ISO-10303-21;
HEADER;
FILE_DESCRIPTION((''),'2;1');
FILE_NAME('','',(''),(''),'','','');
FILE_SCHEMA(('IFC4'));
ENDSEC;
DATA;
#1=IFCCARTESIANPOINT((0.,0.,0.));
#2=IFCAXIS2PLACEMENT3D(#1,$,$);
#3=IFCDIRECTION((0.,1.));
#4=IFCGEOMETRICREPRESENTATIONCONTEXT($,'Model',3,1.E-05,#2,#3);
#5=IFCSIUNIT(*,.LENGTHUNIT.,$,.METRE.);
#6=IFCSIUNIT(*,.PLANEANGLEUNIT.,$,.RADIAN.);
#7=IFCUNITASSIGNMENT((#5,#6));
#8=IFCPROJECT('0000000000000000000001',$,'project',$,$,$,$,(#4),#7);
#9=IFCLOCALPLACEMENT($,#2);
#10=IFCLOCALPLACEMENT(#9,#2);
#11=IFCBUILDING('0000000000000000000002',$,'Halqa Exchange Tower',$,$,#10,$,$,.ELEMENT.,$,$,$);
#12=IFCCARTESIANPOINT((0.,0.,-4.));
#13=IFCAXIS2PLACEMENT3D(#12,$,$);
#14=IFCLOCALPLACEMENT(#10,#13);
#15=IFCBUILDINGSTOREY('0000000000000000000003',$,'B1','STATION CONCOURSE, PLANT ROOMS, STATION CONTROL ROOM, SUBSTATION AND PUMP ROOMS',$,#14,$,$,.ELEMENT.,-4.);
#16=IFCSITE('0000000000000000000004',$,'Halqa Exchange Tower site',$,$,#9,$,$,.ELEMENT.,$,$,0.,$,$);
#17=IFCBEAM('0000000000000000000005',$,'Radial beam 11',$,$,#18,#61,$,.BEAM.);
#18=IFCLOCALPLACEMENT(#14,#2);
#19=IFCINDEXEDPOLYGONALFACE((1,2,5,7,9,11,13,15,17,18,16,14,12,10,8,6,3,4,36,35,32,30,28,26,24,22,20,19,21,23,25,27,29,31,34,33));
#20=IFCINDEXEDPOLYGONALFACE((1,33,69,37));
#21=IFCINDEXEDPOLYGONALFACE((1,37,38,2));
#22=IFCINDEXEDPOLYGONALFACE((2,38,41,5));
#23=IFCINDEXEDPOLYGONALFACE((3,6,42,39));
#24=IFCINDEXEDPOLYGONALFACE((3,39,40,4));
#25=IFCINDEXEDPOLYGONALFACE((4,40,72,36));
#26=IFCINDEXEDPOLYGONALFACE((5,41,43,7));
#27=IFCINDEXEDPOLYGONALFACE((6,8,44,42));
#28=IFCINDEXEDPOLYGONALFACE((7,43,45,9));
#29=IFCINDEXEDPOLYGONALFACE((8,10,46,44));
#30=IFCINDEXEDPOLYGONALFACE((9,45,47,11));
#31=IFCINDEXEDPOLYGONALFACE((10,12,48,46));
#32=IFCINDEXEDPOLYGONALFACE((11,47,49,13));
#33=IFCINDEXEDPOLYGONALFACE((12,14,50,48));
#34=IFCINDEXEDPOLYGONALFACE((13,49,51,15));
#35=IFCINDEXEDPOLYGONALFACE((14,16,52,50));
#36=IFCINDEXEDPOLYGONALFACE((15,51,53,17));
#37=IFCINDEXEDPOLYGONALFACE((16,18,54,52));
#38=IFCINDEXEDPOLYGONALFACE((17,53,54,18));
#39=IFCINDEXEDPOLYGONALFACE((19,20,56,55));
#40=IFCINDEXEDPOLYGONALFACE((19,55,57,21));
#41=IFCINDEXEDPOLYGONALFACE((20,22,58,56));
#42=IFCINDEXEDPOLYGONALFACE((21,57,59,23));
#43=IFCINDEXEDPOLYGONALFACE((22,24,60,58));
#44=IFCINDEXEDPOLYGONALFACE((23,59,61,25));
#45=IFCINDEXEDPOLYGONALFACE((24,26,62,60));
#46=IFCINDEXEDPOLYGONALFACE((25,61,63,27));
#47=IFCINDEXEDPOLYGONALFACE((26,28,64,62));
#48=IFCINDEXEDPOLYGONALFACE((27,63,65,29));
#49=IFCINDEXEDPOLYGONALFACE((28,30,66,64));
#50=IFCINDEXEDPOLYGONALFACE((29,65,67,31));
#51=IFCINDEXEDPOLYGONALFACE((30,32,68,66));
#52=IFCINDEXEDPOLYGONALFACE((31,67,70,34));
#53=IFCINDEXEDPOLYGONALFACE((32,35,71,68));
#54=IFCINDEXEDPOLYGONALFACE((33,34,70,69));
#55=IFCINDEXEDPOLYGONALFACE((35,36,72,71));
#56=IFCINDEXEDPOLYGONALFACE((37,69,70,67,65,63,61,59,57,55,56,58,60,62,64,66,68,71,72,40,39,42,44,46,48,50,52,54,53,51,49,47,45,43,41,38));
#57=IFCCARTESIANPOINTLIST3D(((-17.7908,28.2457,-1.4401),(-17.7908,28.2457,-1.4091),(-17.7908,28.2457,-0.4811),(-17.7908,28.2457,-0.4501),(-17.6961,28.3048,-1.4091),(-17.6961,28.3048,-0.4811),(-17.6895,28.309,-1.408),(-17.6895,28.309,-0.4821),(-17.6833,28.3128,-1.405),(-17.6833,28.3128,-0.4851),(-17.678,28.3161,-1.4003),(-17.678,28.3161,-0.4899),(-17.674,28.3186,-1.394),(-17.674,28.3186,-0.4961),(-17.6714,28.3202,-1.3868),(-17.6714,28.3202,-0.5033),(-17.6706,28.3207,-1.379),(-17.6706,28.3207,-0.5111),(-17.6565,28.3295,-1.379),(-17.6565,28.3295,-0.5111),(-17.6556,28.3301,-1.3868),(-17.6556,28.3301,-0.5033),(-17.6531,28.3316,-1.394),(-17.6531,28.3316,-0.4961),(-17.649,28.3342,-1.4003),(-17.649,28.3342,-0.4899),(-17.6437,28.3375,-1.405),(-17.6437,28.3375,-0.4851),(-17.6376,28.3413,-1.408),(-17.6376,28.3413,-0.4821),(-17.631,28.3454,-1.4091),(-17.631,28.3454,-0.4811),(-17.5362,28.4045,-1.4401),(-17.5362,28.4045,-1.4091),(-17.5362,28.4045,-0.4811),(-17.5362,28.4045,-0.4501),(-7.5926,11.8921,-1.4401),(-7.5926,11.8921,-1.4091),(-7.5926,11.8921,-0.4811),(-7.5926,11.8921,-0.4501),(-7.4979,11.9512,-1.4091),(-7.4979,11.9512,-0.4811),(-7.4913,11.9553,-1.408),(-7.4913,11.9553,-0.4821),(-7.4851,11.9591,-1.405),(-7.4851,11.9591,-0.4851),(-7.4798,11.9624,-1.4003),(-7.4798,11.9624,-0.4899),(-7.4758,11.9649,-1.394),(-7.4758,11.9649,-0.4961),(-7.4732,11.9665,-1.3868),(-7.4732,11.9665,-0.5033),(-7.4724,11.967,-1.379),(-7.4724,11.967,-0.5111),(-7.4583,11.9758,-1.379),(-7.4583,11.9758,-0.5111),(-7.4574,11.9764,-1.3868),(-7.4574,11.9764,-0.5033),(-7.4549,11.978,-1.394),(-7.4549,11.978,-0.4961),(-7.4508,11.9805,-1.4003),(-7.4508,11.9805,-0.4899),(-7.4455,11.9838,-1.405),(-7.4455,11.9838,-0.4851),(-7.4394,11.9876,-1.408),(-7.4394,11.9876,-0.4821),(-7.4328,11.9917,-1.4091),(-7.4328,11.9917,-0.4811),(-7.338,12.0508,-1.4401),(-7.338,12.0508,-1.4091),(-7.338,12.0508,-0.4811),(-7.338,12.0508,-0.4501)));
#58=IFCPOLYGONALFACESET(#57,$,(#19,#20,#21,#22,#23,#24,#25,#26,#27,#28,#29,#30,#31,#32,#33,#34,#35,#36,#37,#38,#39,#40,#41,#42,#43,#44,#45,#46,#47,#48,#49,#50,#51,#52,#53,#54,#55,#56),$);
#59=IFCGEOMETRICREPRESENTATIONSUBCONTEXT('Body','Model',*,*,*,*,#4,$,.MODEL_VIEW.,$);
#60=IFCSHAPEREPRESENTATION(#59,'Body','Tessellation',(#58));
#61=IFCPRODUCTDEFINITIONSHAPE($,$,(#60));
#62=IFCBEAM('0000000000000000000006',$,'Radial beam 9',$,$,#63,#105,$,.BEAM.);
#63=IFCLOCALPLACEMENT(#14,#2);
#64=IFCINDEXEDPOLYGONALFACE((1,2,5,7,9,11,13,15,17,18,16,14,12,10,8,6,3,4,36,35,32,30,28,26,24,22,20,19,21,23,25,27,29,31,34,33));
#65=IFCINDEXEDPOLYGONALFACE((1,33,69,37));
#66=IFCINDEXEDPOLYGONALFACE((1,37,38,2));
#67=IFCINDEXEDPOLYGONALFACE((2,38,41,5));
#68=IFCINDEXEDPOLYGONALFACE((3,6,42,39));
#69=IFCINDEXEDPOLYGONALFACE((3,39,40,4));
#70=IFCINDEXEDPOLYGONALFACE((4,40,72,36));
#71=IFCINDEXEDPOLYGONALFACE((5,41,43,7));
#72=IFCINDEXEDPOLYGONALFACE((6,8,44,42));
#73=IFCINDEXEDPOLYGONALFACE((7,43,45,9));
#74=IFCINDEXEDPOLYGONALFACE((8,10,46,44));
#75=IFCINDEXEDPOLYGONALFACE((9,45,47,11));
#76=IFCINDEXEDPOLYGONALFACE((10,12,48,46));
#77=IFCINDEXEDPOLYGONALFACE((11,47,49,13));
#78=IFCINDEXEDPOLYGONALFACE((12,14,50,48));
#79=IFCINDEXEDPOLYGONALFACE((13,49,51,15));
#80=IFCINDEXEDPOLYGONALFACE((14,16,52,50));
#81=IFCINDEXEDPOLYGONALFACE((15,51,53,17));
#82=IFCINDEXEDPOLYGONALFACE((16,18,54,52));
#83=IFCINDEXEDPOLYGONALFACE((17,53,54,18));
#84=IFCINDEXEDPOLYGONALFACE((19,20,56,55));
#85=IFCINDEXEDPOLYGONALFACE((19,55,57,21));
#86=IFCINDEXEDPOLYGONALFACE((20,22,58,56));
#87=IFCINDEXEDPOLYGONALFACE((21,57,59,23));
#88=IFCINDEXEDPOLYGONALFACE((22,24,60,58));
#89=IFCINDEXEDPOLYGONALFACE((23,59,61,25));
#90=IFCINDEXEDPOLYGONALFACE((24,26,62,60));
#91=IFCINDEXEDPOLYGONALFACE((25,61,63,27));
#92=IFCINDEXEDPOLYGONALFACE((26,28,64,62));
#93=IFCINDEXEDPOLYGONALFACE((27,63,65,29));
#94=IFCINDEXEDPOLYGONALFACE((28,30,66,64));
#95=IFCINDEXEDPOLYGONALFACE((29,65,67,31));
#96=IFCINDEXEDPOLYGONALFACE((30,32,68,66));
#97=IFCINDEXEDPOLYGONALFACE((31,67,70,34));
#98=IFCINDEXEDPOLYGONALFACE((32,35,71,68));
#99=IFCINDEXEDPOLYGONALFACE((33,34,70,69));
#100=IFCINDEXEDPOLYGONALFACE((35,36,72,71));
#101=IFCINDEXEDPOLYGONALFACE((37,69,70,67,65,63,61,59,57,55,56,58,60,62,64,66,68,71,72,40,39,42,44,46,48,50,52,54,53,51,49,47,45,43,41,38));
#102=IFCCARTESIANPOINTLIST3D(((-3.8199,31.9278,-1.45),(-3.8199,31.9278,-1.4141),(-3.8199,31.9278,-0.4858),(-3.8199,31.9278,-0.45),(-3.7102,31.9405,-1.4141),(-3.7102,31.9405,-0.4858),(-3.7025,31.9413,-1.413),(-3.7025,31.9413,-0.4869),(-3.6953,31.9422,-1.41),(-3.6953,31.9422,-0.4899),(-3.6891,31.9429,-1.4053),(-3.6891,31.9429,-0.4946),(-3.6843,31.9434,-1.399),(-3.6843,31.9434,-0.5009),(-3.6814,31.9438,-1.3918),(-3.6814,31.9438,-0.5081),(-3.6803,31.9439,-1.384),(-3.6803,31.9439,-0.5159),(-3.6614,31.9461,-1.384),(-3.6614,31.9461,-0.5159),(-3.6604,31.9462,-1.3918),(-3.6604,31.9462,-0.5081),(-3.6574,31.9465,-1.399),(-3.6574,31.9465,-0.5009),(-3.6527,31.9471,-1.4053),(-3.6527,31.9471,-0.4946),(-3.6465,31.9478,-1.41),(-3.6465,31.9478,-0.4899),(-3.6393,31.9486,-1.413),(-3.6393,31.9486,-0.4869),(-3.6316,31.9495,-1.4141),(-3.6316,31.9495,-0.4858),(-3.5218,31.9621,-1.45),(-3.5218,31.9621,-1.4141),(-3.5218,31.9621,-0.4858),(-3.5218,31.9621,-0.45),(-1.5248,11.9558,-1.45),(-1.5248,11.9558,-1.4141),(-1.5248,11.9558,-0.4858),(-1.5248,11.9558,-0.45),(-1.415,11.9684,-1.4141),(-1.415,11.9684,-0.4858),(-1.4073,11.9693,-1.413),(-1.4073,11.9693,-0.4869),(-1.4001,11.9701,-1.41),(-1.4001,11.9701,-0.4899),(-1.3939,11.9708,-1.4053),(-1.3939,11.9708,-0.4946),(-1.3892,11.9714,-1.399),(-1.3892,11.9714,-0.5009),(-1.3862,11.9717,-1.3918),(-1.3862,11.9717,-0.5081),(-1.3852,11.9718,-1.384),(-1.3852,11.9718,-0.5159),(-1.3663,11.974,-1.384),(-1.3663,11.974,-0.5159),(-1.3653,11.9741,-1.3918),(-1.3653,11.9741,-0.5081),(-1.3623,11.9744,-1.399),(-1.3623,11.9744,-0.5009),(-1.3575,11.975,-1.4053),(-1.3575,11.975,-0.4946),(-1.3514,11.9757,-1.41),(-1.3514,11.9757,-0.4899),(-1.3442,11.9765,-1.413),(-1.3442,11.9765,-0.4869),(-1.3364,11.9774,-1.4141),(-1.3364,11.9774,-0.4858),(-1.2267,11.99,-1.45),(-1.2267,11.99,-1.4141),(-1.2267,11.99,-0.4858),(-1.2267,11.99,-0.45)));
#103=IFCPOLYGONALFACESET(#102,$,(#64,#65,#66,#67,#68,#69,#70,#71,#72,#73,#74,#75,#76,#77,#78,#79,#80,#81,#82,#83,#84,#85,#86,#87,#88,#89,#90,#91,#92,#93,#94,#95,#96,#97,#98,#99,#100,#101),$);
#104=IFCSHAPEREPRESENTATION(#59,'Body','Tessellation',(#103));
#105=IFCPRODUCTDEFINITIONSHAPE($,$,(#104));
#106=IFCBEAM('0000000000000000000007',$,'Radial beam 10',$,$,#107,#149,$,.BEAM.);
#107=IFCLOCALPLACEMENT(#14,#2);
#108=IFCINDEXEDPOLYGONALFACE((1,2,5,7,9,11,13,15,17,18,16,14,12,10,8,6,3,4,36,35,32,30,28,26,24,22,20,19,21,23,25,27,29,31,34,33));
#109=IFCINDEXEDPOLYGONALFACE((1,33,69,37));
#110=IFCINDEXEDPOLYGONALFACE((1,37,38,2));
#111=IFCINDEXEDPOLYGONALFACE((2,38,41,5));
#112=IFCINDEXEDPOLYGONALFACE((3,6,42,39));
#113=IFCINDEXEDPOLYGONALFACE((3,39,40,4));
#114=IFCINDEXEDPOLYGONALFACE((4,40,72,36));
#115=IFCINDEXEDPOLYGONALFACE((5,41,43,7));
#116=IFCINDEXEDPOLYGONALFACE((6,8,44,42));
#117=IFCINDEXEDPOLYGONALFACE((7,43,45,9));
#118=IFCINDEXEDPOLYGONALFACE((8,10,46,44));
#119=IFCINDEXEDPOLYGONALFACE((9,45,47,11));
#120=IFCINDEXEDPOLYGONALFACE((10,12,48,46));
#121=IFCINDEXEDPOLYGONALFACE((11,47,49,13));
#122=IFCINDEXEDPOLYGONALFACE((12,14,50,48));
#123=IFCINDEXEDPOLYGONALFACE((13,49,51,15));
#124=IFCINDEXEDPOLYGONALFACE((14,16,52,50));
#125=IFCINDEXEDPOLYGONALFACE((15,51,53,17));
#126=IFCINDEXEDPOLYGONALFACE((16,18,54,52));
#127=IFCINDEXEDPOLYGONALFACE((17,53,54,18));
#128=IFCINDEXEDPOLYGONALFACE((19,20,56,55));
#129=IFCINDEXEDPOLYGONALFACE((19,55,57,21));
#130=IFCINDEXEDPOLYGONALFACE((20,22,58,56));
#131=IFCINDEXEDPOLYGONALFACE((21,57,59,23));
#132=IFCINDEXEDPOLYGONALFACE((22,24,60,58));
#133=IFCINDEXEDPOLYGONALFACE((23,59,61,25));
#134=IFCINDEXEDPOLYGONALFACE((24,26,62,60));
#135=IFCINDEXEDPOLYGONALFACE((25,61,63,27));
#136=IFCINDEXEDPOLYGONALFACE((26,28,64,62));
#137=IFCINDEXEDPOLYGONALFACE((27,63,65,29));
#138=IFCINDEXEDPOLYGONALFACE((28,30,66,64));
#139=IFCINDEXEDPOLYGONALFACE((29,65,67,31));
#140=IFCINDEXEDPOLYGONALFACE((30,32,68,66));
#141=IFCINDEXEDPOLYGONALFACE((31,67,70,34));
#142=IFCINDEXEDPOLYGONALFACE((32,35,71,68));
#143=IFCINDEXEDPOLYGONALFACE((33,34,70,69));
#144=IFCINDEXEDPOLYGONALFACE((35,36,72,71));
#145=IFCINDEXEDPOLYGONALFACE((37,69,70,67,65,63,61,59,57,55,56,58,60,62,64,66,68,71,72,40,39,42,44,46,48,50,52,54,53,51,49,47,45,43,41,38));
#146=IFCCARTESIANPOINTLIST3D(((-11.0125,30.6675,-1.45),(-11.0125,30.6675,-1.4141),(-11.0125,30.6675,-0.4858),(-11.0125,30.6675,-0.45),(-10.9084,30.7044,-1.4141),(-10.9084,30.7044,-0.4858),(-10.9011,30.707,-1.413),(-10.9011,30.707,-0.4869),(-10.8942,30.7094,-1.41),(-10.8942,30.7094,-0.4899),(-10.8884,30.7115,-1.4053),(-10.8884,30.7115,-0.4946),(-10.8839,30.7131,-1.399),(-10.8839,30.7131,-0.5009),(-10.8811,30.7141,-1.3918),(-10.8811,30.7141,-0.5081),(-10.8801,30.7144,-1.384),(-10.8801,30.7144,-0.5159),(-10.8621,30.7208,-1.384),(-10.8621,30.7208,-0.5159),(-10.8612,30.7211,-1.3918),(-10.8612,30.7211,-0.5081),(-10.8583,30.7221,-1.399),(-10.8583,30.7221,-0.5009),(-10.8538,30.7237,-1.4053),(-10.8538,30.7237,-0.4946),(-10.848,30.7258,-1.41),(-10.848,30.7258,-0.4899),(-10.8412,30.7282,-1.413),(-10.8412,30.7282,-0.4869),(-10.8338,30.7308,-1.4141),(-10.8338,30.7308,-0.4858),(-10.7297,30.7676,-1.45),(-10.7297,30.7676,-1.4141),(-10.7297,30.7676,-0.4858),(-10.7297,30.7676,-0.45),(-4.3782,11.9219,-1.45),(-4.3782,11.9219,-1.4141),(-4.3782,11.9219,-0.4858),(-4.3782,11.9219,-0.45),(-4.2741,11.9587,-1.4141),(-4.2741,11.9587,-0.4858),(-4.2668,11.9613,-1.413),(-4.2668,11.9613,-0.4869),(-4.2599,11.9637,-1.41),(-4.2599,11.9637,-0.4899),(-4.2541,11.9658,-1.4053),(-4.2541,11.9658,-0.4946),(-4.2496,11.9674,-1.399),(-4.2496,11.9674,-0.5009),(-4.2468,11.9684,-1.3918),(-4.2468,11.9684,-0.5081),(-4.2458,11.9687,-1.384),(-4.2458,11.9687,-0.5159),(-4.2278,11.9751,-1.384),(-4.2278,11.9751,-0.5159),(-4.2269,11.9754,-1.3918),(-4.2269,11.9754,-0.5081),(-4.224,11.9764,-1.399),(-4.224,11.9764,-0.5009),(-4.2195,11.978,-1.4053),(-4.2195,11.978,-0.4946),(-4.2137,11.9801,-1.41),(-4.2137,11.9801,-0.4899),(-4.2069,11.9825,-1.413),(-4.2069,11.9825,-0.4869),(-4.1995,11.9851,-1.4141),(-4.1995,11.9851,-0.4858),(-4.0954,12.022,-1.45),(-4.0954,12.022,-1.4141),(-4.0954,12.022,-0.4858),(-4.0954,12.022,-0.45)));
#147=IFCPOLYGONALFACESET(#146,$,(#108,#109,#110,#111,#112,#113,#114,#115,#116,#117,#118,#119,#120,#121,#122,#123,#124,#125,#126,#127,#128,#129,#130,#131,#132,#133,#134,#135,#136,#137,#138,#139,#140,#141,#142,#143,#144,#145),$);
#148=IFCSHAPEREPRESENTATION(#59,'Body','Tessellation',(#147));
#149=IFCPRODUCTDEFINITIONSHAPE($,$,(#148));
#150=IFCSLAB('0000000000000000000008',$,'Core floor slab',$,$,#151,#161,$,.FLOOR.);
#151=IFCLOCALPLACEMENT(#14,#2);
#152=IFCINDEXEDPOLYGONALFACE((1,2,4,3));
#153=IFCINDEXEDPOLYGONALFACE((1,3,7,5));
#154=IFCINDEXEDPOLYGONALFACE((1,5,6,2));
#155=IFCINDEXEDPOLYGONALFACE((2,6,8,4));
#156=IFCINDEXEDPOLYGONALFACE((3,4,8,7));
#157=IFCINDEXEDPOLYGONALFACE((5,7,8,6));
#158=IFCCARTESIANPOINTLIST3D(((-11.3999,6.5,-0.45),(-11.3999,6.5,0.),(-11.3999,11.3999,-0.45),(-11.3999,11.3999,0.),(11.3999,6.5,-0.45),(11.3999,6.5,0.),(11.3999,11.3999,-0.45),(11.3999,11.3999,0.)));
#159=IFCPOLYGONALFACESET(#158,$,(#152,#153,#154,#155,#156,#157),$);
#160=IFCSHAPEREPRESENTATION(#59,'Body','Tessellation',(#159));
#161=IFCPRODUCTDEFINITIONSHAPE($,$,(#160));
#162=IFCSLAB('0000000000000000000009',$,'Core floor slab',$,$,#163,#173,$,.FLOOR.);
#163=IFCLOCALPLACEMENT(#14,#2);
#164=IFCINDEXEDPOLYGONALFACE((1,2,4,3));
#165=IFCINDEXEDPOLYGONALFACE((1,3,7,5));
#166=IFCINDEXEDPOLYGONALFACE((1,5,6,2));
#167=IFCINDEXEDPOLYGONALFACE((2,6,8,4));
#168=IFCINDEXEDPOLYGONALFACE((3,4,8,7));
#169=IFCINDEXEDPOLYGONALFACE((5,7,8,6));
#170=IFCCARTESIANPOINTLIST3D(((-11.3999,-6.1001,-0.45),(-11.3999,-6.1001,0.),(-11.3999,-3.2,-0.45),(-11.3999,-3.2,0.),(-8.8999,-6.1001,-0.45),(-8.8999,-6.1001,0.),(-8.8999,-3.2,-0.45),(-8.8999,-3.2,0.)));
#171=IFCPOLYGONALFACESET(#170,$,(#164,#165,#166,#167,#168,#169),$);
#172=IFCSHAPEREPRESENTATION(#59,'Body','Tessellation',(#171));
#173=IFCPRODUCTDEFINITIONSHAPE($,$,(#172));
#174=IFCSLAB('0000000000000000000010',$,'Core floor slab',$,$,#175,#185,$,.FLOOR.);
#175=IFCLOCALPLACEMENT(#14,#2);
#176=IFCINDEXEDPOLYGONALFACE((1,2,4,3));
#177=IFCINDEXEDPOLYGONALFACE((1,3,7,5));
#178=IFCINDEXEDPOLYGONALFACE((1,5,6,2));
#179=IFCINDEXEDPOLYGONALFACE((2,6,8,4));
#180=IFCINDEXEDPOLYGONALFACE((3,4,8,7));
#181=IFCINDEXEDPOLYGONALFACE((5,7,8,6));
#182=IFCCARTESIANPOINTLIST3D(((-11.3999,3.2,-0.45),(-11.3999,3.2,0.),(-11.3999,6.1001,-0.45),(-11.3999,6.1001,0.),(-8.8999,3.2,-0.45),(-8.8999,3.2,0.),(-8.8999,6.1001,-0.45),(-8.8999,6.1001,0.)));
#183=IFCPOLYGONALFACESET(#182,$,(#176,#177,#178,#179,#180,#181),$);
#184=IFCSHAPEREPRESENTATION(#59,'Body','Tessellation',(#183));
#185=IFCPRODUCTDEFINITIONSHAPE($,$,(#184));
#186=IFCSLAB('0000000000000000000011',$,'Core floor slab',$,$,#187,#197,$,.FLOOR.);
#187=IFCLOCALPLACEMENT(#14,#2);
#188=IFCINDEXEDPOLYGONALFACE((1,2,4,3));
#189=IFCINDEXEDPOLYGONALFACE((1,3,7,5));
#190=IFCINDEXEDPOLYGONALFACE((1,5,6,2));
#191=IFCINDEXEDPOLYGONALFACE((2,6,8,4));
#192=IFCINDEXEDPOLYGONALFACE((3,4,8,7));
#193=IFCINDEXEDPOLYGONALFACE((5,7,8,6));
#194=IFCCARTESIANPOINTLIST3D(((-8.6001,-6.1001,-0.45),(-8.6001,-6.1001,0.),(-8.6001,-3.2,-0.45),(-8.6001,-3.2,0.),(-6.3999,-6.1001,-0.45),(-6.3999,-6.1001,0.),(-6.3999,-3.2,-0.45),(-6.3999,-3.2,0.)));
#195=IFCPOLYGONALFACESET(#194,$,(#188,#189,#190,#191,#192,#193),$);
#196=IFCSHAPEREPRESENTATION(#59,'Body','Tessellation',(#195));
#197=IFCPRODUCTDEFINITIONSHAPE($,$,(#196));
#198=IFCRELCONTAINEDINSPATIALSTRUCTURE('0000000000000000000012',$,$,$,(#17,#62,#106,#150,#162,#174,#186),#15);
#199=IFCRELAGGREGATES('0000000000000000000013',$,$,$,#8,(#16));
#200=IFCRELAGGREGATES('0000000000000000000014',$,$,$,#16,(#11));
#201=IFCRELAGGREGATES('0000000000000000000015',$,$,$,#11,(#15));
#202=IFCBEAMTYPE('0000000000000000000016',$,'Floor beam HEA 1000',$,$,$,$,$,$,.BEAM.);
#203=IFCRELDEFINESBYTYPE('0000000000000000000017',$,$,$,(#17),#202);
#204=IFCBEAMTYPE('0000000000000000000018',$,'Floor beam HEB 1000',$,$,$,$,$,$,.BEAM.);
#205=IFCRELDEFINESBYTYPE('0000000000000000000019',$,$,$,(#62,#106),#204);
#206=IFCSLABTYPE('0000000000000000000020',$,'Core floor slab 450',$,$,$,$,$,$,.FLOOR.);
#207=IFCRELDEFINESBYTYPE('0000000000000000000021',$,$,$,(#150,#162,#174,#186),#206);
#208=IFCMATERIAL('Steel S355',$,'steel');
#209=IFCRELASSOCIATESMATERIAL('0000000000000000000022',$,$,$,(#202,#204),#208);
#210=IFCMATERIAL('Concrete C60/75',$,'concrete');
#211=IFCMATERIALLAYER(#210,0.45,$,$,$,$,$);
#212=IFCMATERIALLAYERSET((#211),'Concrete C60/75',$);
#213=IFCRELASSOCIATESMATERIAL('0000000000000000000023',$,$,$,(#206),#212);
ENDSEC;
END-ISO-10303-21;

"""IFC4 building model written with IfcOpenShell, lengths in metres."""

from ifc_helpers import new_model, si_unit, direction, frame, origin, origin_2d, place, context, subcontext, project, spatial, polyline, i_section, outline, extrude, material, layer, layer_set, material_profile, profile_set, type_object, element, save


model = new_model("IFC4")

# Units and contexts
model_context = context("Model", 3, precision=1e-05, world=origin(), true_north=direction((0.0, 1.0)))
body_context = subcontext(model_context, "Body", "Model", "MODEL_VIEW")
ifc_project = project(units=[si_unit("LENGTHUNIT", "METRE"), si_unit("PLANEANGLEUNIT", "RADIAN")], contexts=[model_context])

# Site, building, storey
site_placement = place(None, origin())
site = spatial("IfcSite", under=ifc_project, at=site_placement, Name="Halqa Exchange Tower site", CompositionType="ELEMENT", RefElevation=0.0)
building_placement = place(site_placement, origin())
building = spatial("IfcBuilding", under=site, at=building_placement, Name="Halqa Exchange Tower", CompositionType="ELEMENT")
storey_placement = place(building_placement, frame((0.0, 0.0, -4.0)))
storey = spatial("IfcBuildingStorey", under=building, at=storey_placement, Name="B1", Description="STATION CONCOURSE, PLANT ROOMS, STATION CONTROL ROOM, SUBSTATION AND PUMP ROOMS", CompositionType="ELEMENT", Elevation=-4.0)

# Beams
ifc_material_1 = material(Name="Steel S355", Category="steel")
ifc_material_profile_1 = material_profile(ifc_material_1, i_section(OverallWidth=0.3, OverallDepth=0.99, WebThickness=0.0166, FlangeThickness=0.031, FilletRadius=0.03, at=origin_2d()), Name="HEA 1000")
ifc_profile_set_1 = profile_set([ifc_material_profile_1], Name="Steel S355")
beam_type_1 = type_object("IfcBeamType", Name="Floor beam HEA 1000", PredefinedType="BEAM", material=ifc_profile_set_1)
beam_1_placement = place(storey_placement, frame((-7.4653, 11.9714, -0.9451), z_axis=(-0.529146, 0.848531, 0.0), x_axis=(-0.848531, -0.529146, 0.0)))
element("IfcBeam", 1, at=beam_1_placement, inside=storey, type_object=beam_type_1, Name="Radial beam 11", PredefinedType="BEAM", context=body_context, shape_type="SweptSolid", body=[
    extrude(i_section(OverallWidth=0.3, OverallDepth=0.99, WebThickness=0.0166, FlangeThickness=0.031, FilletRadius=0.03, at=origin_2d()), origin(), (0.0, 0.0, 1.0), 19.2729),
])
ifc_material_profile_2 = material_profile(ifc_material_1, i_section(OverallWidth=0.3, OverallDepth=1.0, WebThickness=0.019, FlangeThickness=0.0359, FilletRadius=0.03, at=origin_2d()), Name="HEB 1000")
ifc_profile_set_2 = profile_set([ifc_material_profile_2], Name="Steel S355")
beam_type_2 = type_object("IfcBeamType", Name="Floor beam HEB 1000", PredefinedType="BEAM", material=ifc_profile_set_2)
beam_2_placement = place(storey_placement, frame((-1.3757, 11.9729, -0.95), z_axis=(-0.114167, 0.993462, 0.0), x_axis=(-0.993462, -0.114167, 0.0)))
element("IfcBeam", 2, at=beam_2_placement, inside=storey, type_object=beam_type_2, Name="Radial beam 9", PredefinedType="BEAM", context=body_context, shape_type="SweptSolid", body=[
    extrude(i_section(OverallWidth=0.3, OverallDepth=1.0, WebThickness=0.019, FlangeThickness=0.0359, FilletRadius=0.03, at=origin_2d()), origin(), (0.0, 0.0, 1.0), 20.1035),
])
beam_3_placement = place(storey_placement, frame((-4.2368, 11.9719, -0.95), z_axis=(-0.333633, 0.942703, 0.0), x_axis=(-0.942703, -0.333633, 0.0)))
element("IfcBeam", 3, at=beam_3_placement, inside=storey, type_object=beam_type_2, Name="Radial beam 10", PredefinedType="BEAM", context=body_context, shape_type="SweptSolid", body=[
    extrude(i_section(OverallWidth=0.3, OverallDepth=1.0, WebThickness=0.019, FlangeThickness=0.0359, FilletRadius=0.03, at=origin_2d()), origin(), (0.0, 0.0, 1.0), 19.885),
])

# Slabs
ifc_material_2 = material(Name="Concrete C60/75", Category="concrete")
ifc_layer_1 = layer(ifc_material_2, 0.45)
ifc_layer_set_1 = layer_set([ifc_layer_1], Name="Concrete C60/75")
slab_type = type_object("IfcSlabType", Name="Core floor slab 450", PredefinedType="FLOOR", material=ifc_layer_set_1)
slab_1_placement = place(storey_placement, frame((0.0, 0.0, -0.45)))
element("IfcSlab", 4, at=slab_1_placement, inside=storey, type_object=slab_type, Name="Core floor slab", PredefinedType="FLOOR", context=body_context, shape_type="SweptSolid", body=[
    extrude(outline(polyline([(11.3999, 11.3999), (11.3999, 6.5), (-11.3999, 6.5), (-11.3999, 11.3999), (11.3999, 11.3999)])), origin(), (0.0, 0.0, 1.0), 0.45),
])
slab_2_placement = place(storey_placement, frame((0.0, 0.0, -0.45)))
element("IfcSlab", 5, at=slab_2_placement, inside=storey, type_object=slab_type, Name="Core floor slab", PredefinedType="FLOOR", context=body_context, shape_type="SweptSolid", body=[
    extrude(outline(polyline([(-8.8999, -6.1001), (-11.3999, -6.1001), (-11.3999, -3.2), (-8.8999, -3.2), (-8.8999, -6.1001)])), origin(), (0.0, 0.0, 1.0), 0.45),
])
slab_3_placement = place(storey_placement, frame((0.0, 0.0, -0.45)))
element("IfcSlab", 6, at=slab_3_placement, inside=storey, type_object=slab_type, Name="Core floor slab", PredefinedType="FLOOR", context=body_context, shape_type="SweptSolid", body=[
    extrude(outline(polyline([(-11.3999, 3.2), (-11.3999, 6.1001), (-8.8999, 6.1001), (-8.8999, 3.2), (-11.3999, 3.2)])), origin(), (0.0, 0.0, 1.0), 0.45),
])
slab_4_placement = place(storey_placement, frame((0.0, 0.0, -0.45)))
element("IfcSlab", 7, at=slab_4_placement, inside=storey, type_object=slab_type, Name="Core floor slab", PredefinedType="FLOOR", context=body_context, shape_type="SweptSolid", body=[
    extrude(outline(polyline([(-6.3999, -6.1001), (-8.6001, -6.1001), (-8.6001, -3.2), (-6.3999, -3.2), (-6.3999, -6.1001)])), origin(), (0.0, 0.0, 1.0), 0.45),
])

save(model, "model.ifc")
